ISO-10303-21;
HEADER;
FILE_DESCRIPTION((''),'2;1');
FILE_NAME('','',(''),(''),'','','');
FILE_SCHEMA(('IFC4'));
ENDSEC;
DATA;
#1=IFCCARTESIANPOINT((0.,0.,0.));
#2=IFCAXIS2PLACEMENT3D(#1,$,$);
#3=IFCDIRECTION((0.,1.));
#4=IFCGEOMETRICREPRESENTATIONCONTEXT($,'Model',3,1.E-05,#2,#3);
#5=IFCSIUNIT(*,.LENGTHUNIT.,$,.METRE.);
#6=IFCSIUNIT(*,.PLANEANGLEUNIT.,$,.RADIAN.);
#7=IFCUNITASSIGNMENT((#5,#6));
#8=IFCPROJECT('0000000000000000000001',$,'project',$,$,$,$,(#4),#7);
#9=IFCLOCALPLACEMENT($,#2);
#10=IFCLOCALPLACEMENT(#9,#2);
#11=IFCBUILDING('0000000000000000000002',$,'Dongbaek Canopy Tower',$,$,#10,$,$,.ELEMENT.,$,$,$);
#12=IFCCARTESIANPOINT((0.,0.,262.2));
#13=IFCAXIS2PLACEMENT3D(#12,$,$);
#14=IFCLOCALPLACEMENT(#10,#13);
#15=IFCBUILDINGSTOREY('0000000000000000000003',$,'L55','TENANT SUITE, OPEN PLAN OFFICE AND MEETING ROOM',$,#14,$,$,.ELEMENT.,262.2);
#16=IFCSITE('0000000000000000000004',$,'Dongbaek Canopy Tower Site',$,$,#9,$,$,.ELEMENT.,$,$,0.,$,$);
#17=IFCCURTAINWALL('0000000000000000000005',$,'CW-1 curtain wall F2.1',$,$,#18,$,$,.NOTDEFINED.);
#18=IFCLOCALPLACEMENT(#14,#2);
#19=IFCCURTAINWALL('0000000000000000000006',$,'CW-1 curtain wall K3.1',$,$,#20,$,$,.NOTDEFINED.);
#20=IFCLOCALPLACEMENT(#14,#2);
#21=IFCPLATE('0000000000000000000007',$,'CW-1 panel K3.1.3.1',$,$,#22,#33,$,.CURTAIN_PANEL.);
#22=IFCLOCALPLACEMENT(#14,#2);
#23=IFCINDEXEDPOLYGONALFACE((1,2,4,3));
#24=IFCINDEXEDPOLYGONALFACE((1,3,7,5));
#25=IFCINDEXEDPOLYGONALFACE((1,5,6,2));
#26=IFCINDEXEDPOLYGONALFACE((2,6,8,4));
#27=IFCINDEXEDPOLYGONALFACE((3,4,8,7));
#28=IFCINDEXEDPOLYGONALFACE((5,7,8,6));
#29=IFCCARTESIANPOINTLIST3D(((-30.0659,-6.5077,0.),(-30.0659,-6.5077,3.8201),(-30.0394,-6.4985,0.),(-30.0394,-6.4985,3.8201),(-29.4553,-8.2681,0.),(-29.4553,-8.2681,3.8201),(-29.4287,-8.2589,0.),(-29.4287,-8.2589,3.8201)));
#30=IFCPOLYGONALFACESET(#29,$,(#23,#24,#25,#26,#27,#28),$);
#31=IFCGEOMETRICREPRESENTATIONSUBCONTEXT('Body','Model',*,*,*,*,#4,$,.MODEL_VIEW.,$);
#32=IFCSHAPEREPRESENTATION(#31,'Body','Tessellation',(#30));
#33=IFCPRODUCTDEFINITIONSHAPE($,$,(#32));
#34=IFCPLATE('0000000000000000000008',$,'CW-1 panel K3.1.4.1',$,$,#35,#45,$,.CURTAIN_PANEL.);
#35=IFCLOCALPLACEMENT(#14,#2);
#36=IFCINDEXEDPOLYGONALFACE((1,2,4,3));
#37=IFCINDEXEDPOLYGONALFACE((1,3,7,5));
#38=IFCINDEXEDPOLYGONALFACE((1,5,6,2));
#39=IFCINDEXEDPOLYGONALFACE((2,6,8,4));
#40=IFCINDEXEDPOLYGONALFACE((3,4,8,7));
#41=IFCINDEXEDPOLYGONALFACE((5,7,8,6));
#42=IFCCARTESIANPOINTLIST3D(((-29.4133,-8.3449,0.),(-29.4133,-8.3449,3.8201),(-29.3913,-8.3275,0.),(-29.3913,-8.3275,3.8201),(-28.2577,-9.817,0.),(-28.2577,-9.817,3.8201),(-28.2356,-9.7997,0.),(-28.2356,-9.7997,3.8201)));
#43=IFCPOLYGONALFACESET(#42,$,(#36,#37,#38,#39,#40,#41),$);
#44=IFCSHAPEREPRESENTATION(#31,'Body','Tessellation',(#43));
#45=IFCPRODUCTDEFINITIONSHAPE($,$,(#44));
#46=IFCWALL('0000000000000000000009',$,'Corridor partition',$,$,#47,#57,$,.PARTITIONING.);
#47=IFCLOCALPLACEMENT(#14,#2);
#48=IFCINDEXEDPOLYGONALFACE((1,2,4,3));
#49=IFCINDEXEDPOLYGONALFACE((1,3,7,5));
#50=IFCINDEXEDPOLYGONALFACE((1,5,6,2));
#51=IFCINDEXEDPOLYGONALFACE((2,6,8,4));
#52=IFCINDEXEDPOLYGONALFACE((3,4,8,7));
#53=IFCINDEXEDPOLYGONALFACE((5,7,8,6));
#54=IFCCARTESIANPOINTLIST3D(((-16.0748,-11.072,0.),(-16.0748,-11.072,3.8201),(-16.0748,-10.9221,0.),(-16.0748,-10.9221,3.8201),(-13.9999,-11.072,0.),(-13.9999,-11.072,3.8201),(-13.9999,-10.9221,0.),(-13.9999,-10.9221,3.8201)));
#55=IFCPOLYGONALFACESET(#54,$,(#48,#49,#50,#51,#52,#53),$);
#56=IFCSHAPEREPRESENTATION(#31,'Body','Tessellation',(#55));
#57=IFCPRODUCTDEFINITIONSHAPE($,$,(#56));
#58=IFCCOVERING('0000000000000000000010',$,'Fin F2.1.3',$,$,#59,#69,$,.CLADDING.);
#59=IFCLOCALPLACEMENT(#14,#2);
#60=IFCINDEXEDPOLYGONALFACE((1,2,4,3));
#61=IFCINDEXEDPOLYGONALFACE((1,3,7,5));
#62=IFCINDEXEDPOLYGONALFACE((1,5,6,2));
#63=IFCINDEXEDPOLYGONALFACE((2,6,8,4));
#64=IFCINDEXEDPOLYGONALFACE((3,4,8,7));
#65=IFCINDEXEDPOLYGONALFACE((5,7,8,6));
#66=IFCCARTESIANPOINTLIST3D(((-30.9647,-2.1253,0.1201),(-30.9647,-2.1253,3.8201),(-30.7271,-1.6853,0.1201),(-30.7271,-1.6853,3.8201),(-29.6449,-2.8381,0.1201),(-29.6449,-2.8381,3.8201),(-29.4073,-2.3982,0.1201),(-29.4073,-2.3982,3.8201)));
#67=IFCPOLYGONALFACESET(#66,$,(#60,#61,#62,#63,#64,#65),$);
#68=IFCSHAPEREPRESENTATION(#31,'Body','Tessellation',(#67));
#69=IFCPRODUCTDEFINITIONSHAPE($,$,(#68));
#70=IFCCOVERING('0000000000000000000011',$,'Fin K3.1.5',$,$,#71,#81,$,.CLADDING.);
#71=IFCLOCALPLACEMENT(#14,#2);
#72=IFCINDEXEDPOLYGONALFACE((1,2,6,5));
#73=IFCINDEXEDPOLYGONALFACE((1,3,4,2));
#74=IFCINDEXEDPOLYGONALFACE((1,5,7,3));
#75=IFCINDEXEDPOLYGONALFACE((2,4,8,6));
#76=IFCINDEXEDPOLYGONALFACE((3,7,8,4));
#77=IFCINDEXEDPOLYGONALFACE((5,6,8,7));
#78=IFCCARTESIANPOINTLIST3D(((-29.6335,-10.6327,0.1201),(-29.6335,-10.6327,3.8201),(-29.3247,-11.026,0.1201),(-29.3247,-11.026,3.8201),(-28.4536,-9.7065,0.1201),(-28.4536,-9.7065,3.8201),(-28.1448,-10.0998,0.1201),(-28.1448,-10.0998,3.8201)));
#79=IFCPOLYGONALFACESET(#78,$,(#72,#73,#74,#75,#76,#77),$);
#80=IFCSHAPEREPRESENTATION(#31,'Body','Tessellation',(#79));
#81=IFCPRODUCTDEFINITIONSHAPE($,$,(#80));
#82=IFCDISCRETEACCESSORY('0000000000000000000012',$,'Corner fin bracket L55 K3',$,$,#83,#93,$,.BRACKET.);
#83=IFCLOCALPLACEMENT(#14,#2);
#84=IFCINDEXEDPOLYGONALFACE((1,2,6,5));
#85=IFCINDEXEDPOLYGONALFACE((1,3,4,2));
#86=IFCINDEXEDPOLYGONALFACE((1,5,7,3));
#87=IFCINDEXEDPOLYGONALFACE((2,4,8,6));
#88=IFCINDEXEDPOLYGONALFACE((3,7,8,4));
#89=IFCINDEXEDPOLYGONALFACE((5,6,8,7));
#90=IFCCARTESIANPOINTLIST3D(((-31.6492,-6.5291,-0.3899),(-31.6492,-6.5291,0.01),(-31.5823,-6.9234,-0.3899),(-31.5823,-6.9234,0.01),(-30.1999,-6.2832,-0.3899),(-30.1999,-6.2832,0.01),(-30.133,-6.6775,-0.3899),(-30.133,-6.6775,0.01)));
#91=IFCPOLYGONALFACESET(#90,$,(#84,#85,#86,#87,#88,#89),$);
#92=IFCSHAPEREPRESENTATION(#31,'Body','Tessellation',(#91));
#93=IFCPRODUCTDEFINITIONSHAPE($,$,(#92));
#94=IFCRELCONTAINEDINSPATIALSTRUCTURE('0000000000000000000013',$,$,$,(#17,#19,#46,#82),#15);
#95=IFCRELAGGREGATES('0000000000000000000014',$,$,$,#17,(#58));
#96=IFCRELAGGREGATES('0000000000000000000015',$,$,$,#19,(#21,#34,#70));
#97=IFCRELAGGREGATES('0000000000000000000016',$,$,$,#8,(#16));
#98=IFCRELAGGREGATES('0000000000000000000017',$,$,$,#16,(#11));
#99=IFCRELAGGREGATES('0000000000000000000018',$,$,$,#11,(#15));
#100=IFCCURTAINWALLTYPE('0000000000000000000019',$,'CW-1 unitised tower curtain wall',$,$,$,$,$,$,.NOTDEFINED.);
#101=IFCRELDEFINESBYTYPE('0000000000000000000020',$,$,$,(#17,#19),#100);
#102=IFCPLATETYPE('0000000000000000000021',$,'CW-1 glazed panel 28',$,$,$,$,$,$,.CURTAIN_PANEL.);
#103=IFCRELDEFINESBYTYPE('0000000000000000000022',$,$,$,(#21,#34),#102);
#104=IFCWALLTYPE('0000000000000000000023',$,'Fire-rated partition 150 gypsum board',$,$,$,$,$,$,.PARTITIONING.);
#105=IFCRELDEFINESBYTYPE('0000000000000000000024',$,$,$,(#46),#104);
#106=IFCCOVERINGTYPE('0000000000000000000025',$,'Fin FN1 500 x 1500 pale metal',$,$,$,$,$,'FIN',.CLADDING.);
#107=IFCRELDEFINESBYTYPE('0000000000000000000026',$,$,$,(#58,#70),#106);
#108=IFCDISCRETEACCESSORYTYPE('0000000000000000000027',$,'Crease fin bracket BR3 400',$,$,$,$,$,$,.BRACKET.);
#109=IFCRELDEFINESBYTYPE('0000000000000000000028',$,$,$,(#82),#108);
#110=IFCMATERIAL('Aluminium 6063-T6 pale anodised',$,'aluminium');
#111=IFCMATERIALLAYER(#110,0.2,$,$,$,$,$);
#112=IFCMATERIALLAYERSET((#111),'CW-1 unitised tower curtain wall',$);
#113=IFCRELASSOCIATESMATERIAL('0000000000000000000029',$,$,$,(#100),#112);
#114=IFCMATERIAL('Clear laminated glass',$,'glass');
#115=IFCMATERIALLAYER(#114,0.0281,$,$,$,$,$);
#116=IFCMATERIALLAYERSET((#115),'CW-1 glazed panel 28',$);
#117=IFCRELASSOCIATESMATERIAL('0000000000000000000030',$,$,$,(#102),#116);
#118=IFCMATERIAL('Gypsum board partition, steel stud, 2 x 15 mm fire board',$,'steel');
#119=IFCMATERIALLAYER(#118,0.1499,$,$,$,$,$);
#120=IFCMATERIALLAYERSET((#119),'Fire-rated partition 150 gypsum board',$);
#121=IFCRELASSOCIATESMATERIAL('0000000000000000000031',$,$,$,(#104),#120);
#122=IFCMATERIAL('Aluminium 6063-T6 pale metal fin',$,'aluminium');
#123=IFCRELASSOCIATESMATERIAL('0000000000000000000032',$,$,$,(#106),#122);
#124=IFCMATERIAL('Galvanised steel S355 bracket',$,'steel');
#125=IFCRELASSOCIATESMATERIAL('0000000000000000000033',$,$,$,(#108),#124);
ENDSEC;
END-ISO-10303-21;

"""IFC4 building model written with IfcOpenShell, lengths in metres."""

from ifc_helpers import new_model, si_unit, direction, frame, frame_2d, origin, origin_2d, place, context, subcontext, project, spatial, rectangle, extrude, material, layer, layer_set, material_profile, profile_set, type_object, element, aggregate, save


model = new_model("IFC4")

# Units and contexts
model_context = context("Model", 3, precision=1e-05, world=origin(), true_north=direction((0.0, 1.0)))
body_context = subcontext(model_context, "Body", "Model", "MODEL_VIEW")
ifc_project = project(units=[si_unit("LENGTHUNIT", "METRE"), si_unit("PLANEANGLEUNIT", "RADIAN")], contexts=[model_context])

# Site, building, storey
site_placement = place(None, origin())
site = spatial("IfcSite", under=ifc_project, at=site_placement, Name="Dongbaek Canopy Tower Site", CompositionType="ELEMENT", RefElevation=0.0)
building_placement = place(site_placement, origin())
building = spatial("IfcBuilding", under=site, at=building_placement, Name="Dongbaek Canopy Tower", CompositionType="ELEMENT")
storey_placement = place(building_placement, frame((0.0, 0.0, 262.2)))
storey = spatial("IfcBuildingStorey", under=building, at=storey_placement, Name="L55", Description="TENANT SUITE, OPEN PLAN OFFICE AND MEETING ROOM", CompositionType="ELEMENT", Elevation=262.2)

# Curtain wall
ifc_material_1 = material(Name="Aluminium 6063-T6 pale anodised", Category="aluminium")
ifc_layer_1 = layer(ifc_material_1, 0.2)
ifc_layer_set_1 = layer_set([ifc_layer_1], Name="CW-1 unitised tower curtain wall")
curtain_wall_type = type_object("IfcCurtainWallType", Name="CW-1 unitised tower curtain wall", PredefinedType="NOTDEFINED", material=ifc_layer_set_1)
curtain_wall_1_placement = place(storey_placement, origin())
curtain_wall_1 = element("IfcCurtainWall", 1, at=curtain_wall_1_placement, inside=storey, type_object=curtain_wall_type, Name="CW-1 curtain wall F2.1", PredefinedType="NOTDEFINED")

# Curtain wall
curtain_wall_2_placement = place(storey_placement, origin())
curtain_wall_2 = element("IfcCurtainWall", 2, at=curtain_wall_2_placement, inside=storey, type_object=curtain_wall_type, Name="CW-1 curtain wall K3.1", PredefinedType="NOTDEFINED")

# Plates
ifc_material_2 = material(Name="Clear laminated glass", Category="glass")
ifc_layer_2 = layer(ifc_material_2, 0.0281)
ifc_layer_set_2 = layer_set([ifc_layer_2], Name="CW-1 glazed panel 28")
plate_type = type_object("IfcPlateType", Name="CW-1 glazed panel 28", PredefinedType="CURTAIN_PANEL", material=ifc_layer_set_2)
plate_1_placement = place(storey_placement, frame((-29.7473, -7.3833, 0.0), z_axis=(0.0, 0.0, 1.0), x_axis=(0.327726, -0.944773, 0.0)))
plate_1 = element("IfcPlate", 3, at=plate_1_placement, type_object=plate_type, Name="CW-1 panel K3.1.3.1", PredefinedType="CURTAIN_PANEL", context=body_context, shape_type="SweptSolid", body=[
    extrude(rectangle(XDim=1.8633, YDim=0.0281, at=origin_2d()), origin(), (0.0, 0.0, 1.0), 3.8201),
])
plate_2_placement = place(storey_placement, frame((-28.8245, -9.0723, 0.0), z_axis=(0.0, 0.0, 1.0), x_axis=(0.617477, -0.786589, 0.0)))
plate_2 = element("IfcPlate", 4, at=plate_2_placement, type_object=plate_type, Name="CW-1 panel K3.1.4.1", PredefinedType="CURTAIN_PANEL", context=body_context, shape_type="SweptSolid", body=[
    extrude(rectangle(XDim=1.8716, YDim=0.0281, at=origin_2d()), origin(), (0.0, 0.0, 1.0), 3.8201),
])

# Wall
ifc_material_3 = material(Name="Gypsum board partition, steel stud, 2 x 15 mm fire board", Category="steel")
ifc_layer_3 = layer(ifc_material_3, 0.1499)
ifc_layer_set_3 = layer_set([ifc_layer_3], Name="Fire-rated partition 150 gypsum board")
wall_type = type_object("IfcWallType", Name="Fire-rated partition 150 gypsum board", PredefinedType="PARTITIONING", material=ifc_layer_set_3)
wall_placement = place(storey_placement, frame((-16.075, -10.9971, 0.0), z_axis=(0.0, 0.0, 1.0), x_axis=(1.0, 0.0, 0.0)))
element("IfcWall", 5, at=wall_placement, inside=storey, type_object=wall_type, Name="Corridor partition", PredefinedType="PARTITIONING", context=body_context, shape_type="SweptSolid", body=[
    extrude(rectangle(XDim=2.075, YDim=0.1499, at=frame_2d((1.0376, 0.0))), origin(), (0.0, 0.0, 1.0), 3.8201),
])

# Coverings
ifc_material_4 = material(Name="Aluminium 6063-T6 pale metal fin", Category="aluminium")
ifc_material_profile_1 = material_profile(ifc_material_4, rectangle(XDim=1.5, YDim=0.5, at=origin_2d()), Name="Fin FN1 500 x 1500 pale metal")
ifc_profile_set_1 = profile_set([ifc_material_profile_1], Name="Aluminium 6063-T6 pale metal fin")
covering_type = type_object("IfcCoveringType", Name="Fin FN1 500 x 1500 pale metal", ElementType="FIN", PredefinedType="CLADDING", material=ifc_profile_set_1)
covering_1_placement = place(storey_placement, frame((-30.186, -2.2617, 0.1201), z_axis=(0.0, 0.0, 1.0), x_axis=(-0.879877, 0.475202, 0.0)))
covering_1 = element("IfcCovering", 6, at=covering_1_placement, type_object=covering_type, Name="Fin F2.1.3", PredefinedType="CLADDING", context=body_context, shape_type="SweptSolid", body=[
    extrude(rectangle(XDim=1.5, YDim=0.5, at=origin_2d()), origin(), (0.0, 0.0, 1.0), 3.7),
])
aggregate(curtain_wall_1, [covering_1])
covering_2_placement = place(storey_placement, frame((-28.8892, -10.3662, 0.1201), z_axis=(0.0, 0.0, 1.0), x_axis=(-0.786589, -0.617477, 0.0)))
covering_2 = element("IfcCovering", 7, at=covering_2_placement, type_object=covering_type, Name="Fin K3.1.5", PredefinedType="CLADDING", context=body_context, shape_type="SweptSolid", body=[
    extrude(rectangle(XDim=1.5, YDim=0.5, at=origin_2d()), origin(), (0.0, 0.0, 1.0), 3.7),
])
aggregate(curtain_wall_2, [plate_1, plate_2, covering_2])

# Discrete accessory
ifc_material_5 = material(Name="Galvanised steel S355 bracket", Category="steel")
discrete_accessory_type = type_object("IfcDiscreteAccessoryType", Name="Crease fin bracket BR3 400", PredefinedType="BRACKET", material=ifc_material_5)
discrete_accessory_placement = place(storey_placement, frame((-30.8911, -6.6033, -0.3899), z_axis=(0.0, 0.0, 1.0), x_axis=(-0.985908, -0.167288, 0.0)))
element("IfcDiscreteAccessory", 8, at=discrete_accessory_placement, inside=storey, type_object=discrete_accessory_type, Name="Corner fin bracket L55 K3", PredefinedType="BRACKET", context=body_context, shape_type="SweptSolid", body=[
    extrude(rectangle(XDim=1.47, YDim=0.3999, at=origin_2d()), origin(), (0.0, 0.0, 1.0), 0.3999),
])

save(model, "model.ifc")
